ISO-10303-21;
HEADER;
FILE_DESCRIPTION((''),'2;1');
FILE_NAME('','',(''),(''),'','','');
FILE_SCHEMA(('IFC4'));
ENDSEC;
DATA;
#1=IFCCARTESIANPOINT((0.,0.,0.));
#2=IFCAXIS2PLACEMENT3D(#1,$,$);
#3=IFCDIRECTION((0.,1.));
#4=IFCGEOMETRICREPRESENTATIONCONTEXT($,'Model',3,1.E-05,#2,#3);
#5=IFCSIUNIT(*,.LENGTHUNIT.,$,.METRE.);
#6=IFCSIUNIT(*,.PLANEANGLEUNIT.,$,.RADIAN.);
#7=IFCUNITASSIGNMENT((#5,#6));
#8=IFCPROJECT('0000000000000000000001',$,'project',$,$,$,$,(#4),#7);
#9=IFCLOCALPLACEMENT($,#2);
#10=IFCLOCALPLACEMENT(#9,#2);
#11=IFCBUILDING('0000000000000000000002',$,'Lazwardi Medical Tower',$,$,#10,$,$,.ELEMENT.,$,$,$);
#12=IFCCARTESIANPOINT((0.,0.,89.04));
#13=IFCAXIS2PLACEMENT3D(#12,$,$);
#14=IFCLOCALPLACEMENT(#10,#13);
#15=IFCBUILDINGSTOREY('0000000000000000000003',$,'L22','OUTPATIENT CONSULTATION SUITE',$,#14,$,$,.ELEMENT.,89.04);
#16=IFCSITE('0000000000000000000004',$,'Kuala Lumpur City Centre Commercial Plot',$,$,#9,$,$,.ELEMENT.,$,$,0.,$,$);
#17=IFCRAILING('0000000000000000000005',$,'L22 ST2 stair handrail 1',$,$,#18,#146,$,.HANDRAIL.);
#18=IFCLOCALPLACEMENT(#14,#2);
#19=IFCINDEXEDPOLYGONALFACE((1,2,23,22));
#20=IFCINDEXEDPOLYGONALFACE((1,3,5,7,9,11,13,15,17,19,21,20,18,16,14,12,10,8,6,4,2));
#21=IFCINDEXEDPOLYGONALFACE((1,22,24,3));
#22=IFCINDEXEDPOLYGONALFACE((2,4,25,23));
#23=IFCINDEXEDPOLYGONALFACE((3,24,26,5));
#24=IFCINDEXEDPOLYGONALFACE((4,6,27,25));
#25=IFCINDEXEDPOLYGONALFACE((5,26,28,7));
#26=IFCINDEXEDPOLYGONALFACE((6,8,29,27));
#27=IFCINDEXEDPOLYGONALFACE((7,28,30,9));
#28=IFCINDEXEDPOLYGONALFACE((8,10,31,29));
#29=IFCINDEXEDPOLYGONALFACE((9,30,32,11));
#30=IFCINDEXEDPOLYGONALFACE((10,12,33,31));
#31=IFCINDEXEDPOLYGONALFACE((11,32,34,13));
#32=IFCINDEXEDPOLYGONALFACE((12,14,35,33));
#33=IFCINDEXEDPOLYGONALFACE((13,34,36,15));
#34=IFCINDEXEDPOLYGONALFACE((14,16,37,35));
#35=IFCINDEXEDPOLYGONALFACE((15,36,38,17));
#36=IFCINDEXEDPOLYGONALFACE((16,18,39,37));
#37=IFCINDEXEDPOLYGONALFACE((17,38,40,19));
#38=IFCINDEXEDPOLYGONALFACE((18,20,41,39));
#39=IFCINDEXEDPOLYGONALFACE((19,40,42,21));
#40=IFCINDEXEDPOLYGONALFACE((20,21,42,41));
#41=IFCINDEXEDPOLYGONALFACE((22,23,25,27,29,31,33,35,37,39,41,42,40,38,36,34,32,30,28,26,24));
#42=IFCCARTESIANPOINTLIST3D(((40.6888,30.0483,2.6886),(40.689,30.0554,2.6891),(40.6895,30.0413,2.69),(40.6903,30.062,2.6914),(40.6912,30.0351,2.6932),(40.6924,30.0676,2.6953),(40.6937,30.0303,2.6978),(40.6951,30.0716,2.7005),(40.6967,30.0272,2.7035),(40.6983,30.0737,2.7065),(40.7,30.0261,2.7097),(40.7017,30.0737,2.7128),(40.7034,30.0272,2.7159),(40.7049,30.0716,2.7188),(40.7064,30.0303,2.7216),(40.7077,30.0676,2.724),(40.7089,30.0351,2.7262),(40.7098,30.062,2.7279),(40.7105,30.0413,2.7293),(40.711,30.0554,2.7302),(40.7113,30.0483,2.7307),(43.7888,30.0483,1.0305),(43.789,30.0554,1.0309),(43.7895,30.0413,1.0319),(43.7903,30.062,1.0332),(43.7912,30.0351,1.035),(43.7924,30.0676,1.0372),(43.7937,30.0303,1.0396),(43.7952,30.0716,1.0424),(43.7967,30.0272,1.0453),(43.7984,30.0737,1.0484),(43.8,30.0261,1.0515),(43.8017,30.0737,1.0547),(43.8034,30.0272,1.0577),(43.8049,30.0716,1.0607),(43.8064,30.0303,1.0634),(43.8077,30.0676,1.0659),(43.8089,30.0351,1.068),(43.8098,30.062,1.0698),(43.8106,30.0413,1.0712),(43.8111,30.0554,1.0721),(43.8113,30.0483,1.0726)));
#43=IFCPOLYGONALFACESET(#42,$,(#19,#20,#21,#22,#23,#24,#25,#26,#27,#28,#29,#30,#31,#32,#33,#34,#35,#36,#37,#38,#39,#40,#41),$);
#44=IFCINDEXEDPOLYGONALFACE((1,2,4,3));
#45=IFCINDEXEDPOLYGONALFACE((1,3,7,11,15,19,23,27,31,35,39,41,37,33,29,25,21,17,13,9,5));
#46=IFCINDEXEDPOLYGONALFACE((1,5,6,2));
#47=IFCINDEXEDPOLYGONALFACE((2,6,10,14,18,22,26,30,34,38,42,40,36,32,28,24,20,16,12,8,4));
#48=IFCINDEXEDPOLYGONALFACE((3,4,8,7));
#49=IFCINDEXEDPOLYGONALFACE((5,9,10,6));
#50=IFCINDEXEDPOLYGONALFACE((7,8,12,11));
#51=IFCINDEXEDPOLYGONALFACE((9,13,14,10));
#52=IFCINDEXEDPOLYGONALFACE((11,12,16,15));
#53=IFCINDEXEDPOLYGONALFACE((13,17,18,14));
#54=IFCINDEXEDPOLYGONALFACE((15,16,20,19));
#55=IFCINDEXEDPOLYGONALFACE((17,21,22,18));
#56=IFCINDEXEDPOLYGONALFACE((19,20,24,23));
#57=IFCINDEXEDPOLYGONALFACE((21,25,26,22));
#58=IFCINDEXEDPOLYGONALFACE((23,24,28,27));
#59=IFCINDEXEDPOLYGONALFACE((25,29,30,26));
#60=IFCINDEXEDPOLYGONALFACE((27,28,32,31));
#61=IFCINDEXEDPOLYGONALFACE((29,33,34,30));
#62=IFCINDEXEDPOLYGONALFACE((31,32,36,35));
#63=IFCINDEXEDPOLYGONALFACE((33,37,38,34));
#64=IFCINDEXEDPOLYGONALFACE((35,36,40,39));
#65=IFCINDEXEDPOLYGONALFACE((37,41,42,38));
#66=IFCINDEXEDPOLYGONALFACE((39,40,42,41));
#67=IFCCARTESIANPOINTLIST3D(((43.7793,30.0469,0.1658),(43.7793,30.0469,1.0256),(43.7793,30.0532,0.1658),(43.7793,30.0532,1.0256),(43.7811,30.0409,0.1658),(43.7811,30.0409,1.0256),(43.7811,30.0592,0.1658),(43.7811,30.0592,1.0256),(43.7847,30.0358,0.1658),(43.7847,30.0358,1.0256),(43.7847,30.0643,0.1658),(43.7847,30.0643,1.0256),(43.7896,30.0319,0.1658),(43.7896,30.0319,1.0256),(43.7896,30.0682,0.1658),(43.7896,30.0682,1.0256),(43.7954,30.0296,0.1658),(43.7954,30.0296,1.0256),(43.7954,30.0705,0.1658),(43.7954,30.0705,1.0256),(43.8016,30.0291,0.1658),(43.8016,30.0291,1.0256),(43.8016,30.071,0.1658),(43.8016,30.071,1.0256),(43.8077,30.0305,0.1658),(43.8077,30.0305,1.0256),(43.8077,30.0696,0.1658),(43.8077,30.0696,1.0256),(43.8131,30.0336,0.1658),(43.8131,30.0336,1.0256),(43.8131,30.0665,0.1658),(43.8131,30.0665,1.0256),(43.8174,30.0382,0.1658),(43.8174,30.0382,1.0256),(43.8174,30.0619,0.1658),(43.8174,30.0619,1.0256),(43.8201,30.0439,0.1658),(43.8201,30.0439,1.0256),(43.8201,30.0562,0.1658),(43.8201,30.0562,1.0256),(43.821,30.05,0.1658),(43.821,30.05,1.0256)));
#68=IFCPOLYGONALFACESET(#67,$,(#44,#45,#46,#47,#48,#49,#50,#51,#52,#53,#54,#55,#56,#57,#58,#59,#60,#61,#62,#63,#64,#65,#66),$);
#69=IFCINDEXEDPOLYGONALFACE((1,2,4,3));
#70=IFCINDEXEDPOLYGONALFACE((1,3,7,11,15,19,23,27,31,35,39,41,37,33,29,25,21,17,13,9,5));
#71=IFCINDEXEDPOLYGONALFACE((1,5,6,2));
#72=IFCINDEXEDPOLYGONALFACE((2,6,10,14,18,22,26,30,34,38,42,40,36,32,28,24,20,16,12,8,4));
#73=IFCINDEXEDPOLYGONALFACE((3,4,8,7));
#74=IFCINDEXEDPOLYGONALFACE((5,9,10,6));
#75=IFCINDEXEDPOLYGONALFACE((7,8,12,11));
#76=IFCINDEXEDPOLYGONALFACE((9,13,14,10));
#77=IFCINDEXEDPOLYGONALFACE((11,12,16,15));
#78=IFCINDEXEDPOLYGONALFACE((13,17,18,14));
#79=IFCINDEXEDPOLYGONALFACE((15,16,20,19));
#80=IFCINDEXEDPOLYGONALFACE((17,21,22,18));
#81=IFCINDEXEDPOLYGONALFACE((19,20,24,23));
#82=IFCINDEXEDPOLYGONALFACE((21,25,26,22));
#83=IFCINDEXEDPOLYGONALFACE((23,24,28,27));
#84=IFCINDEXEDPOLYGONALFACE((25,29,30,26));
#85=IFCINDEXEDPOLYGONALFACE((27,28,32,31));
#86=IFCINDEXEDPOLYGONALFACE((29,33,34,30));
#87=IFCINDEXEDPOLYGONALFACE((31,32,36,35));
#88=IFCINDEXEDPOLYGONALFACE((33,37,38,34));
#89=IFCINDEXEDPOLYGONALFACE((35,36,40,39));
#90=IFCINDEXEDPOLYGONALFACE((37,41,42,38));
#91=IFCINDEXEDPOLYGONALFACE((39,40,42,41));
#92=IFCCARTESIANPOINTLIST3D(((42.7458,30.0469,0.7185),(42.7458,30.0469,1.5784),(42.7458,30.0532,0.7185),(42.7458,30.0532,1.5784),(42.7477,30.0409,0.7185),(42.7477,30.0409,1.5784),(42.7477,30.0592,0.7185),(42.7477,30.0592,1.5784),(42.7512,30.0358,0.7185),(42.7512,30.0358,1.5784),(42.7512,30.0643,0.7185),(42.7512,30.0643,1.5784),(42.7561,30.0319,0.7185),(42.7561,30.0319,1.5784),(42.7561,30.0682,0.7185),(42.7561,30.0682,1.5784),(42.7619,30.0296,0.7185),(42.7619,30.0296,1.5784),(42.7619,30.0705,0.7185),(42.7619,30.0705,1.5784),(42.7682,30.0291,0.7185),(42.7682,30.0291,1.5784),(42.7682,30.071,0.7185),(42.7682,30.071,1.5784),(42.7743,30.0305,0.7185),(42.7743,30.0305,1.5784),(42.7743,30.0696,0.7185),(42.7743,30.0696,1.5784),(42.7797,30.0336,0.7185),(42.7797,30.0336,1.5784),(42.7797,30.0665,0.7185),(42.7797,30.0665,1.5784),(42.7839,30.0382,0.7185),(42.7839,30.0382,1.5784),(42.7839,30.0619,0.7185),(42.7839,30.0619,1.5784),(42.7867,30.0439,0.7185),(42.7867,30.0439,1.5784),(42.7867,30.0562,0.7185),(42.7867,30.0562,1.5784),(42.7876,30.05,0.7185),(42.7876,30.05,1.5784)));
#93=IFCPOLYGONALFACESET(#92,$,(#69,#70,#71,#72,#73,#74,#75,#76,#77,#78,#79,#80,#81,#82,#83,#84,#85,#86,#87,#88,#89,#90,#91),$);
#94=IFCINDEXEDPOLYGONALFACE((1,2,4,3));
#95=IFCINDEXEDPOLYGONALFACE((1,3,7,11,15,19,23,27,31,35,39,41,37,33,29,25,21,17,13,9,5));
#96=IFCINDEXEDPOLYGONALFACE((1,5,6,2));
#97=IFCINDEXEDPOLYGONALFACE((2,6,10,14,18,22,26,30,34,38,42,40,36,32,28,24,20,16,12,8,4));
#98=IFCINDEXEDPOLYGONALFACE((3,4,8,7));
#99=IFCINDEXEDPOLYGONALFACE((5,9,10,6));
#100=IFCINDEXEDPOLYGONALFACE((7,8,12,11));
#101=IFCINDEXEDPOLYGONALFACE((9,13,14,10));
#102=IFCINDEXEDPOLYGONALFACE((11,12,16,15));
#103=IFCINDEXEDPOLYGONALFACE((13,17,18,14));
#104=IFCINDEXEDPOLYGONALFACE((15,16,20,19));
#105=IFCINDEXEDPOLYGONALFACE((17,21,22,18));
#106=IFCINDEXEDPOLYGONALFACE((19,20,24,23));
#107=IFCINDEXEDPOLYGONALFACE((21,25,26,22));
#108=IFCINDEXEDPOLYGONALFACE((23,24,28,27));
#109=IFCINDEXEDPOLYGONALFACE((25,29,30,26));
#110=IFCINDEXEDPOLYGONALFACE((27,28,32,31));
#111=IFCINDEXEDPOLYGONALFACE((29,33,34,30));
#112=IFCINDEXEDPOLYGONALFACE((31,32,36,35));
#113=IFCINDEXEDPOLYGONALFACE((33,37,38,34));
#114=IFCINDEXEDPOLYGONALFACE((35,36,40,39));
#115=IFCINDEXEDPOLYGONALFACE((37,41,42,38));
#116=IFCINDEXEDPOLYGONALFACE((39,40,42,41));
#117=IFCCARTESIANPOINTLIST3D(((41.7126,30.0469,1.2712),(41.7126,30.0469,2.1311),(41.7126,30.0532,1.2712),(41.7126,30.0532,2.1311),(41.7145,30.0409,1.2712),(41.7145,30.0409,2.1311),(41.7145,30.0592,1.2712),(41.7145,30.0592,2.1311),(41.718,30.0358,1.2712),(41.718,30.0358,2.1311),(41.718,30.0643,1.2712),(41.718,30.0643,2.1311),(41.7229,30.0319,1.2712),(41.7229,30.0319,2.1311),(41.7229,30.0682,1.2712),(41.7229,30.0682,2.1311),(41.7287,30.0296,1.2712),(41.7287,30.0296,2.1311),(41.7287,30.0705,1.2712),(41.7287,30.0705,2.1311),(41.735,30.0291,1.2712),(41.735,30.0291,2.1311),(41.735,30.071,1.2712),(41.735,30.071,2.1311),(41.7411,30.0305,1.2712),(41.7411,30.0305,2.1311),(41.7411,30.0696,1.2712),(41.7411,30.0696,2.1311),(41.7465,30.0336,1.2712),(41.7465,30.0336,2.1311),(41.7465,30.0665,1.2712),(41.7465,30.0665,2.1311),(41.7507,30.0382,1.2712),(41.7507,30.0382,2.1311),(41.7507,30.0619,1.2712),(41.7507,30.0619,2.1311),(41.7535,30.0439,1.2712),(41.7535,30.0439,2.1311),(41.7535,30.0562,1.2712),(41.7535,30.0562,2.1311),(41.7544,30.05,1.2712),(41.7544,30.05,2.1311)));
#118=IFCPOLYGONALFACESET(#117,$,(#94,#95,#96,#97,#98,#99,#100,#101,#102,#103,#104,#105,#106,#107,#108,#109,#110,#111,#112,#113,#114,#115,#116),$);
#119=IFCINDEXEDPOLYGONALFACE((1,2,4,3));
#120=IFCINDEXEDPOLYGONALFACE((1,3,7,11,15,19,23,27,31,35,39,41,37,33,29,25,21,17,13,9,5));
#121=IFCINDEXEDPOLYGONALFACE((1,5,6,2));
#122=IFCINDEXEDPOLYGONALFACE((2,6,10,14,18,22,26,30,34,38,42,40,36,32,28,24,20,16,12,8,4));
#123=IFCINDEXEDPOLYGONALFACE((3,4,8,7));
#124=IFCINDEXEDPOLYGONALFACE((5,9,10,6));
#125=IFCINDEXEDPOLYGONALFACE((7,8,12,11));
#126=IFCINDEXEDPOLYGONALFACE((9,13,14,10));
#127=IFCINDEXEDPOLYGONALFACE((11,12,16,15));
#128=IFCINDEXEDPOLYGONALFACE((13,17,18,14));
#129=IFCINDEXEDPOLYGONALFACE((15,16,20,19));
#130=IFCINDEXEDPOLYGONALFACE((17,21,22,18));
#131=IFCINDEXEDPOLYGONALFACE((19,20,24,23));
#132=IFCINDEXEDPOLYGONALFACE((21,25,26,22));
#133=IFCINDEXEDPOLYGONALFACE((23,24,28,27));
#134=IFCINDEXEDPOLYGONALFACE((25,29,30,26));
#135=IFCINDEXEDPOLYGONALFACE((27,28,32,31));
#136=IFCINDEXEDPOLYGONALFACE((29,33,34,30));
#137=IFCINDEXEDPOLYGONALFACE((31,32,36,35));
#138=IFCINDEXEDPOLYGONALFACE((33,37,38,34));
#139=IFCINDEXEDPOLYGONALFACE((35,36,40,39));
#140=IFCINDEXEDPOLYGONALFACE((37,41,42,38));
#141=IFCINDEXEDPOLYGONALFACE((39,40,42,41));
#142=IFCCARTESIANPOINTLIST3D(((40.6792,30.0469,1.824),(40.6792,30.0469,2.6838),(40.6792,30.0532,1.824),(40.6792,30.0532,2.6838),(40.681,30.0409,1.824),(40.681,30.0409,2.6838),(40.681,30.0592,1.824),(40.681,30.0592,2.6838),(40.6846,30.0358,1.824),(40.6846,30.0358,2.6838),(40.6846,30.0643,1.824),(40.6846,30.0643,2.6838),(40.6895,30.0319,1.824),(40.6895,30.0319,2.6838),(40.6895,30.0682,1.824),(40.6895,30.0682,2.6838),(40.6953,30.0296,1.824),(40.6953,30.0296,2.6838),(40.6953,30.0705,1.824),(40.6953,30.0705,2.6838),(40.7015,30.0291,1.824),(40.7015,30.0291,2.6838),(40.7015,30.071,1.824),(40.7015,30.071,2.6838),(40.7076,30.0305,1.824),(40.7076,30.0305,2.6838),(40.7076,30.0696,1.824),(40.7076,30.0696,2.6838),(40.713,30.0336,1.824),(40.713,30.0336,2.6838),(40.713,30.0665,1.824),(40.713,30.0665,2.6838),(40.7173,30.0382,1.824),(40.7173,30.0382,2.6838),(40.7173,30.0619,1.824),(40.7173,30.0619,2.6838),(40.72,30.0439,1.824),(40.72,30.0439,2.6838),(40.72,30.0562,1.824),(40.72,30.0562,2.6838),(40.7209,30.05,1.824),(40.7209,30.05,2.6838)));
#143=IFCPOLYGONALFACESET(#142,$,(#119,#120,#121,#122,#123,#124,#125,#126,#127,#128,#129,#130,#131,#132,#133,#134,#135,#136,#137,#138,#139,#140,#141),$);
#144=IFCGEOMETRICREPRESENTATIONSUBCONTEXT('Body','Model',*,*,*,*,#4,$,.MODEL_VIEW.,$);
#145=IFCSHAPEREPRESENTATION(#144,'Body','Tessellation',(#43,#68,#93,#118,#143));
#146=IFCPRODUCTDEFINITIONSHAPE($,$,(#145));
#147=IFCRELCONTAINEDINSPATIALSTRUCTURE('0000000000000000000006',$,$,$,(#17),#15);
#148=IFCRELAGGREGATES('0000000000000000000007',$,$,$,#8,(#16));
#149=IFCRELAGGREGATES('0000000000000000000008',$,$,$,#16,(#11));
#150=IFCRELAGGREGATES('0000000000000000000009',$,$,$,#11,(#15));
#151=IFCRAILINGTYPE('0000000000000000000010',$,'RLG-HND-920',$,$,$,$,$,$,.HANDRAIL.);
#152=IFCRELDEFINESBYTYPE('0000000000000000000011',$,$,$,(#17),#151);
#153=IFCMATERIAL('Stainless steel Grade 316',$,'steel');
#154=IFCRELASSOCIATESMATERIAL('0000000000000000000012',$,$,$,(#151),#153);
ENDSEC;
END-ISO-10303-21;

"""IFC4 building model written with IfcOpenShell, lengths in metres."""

from ifc_helpers import new_model, si_unit, direction, frame, origin, origin_2d, place, context, subcontext, project, spatial, circle, extrude, material, type_object, element, save


model = new_model("IFC4")

# Units and contexts
model_context = context("Model", 3, precision=1e-05, world=origin(), true_north=direction((0.0, 1.0)))
body_context = subcontext(model_context, "Body", "Model", "MODEL_VIEW")
ifc_project = project(units=[si_unit("LENGTHUNIT", "METRE"), si_unit("PLANEANGLEUNIT", "RADIAN")], contexts=[model_context])

# Site, building, storey
site_placement = place(None, origin())
site = spatial("IfcSite", under=ifc_project, at=site_placement, Name="Kuala Lumpur City Centre Commercial Plot", CompositionType="ELEMENT", RefElevation=0.0)
building_placement = place(site_placement, origin())
building = spatial("IfcBuilding", under=site, at=building_placement, Name="Lazwardi Medical Tower", CompositionType="ELEMENT")
storey_placement = place(building_placement, frame((0.0, 0.0, 89.04)))
storey = spatial("IfcBuildingStorey", under=building, at=storey_placement, Name="L22", Description="OUTPATIENT CONSULTATION SUITE", CompositionType="ELEMENT", Elevation=89.04)

# Railing
ifc_material_1 = material(Name="Stainless steel Grade 316", Category="steel")
railing_type_1 = type_object("IfcRailingType", Name="RLG-HND-920", PredefinedType="HANDRAIL", material=ifc_material_1)
railing_1_placement = place(storey_placement, frame((43.8, 30.05, 0.1658)))
element("IfcRailing", 1, at=railing_1_placement, inside=storey, type_object=railing_type_1, Name="L22 ST2 stair handrail 1", PredefinedType="HANDRAIL", context=body_context, shape_type="SweptSolid", body=[
    extrude(circle(Radius=0.0239, at=origin_2d()), frame((0.0, 0.0, 0.8857), z_axis=(-0.881783, 0.0, 0.471655), x_axis=(0.0, -1.0, 0.0)), (0.0, 0.0, 1.0), 3.5156),
    extrude(circle(Radius=0.021, at=origin_2d()), origin(), (0.0, 0.0, 1.0), 0.8599),
    extrude(circle(Radius=0.021, at=origin_2d()), frame((-1.0334, 0.0, 0.5527)), (0.0, 0.0, 1.0), 0.8599),
    extrude(circle(Radius=0.021, at=origin_2d()), frame((-2.0667, 0.0, 1.1055)), (0.0, 0.0, 1.0), 0.8599),
    extrude(circle(Radius=0.021, at=origin_2d()), frame((-3.1001, 0.0, 1.6582)), (0.0, 0.0, 1.0), 0.8599),
])

save(model, "model.ifc")
